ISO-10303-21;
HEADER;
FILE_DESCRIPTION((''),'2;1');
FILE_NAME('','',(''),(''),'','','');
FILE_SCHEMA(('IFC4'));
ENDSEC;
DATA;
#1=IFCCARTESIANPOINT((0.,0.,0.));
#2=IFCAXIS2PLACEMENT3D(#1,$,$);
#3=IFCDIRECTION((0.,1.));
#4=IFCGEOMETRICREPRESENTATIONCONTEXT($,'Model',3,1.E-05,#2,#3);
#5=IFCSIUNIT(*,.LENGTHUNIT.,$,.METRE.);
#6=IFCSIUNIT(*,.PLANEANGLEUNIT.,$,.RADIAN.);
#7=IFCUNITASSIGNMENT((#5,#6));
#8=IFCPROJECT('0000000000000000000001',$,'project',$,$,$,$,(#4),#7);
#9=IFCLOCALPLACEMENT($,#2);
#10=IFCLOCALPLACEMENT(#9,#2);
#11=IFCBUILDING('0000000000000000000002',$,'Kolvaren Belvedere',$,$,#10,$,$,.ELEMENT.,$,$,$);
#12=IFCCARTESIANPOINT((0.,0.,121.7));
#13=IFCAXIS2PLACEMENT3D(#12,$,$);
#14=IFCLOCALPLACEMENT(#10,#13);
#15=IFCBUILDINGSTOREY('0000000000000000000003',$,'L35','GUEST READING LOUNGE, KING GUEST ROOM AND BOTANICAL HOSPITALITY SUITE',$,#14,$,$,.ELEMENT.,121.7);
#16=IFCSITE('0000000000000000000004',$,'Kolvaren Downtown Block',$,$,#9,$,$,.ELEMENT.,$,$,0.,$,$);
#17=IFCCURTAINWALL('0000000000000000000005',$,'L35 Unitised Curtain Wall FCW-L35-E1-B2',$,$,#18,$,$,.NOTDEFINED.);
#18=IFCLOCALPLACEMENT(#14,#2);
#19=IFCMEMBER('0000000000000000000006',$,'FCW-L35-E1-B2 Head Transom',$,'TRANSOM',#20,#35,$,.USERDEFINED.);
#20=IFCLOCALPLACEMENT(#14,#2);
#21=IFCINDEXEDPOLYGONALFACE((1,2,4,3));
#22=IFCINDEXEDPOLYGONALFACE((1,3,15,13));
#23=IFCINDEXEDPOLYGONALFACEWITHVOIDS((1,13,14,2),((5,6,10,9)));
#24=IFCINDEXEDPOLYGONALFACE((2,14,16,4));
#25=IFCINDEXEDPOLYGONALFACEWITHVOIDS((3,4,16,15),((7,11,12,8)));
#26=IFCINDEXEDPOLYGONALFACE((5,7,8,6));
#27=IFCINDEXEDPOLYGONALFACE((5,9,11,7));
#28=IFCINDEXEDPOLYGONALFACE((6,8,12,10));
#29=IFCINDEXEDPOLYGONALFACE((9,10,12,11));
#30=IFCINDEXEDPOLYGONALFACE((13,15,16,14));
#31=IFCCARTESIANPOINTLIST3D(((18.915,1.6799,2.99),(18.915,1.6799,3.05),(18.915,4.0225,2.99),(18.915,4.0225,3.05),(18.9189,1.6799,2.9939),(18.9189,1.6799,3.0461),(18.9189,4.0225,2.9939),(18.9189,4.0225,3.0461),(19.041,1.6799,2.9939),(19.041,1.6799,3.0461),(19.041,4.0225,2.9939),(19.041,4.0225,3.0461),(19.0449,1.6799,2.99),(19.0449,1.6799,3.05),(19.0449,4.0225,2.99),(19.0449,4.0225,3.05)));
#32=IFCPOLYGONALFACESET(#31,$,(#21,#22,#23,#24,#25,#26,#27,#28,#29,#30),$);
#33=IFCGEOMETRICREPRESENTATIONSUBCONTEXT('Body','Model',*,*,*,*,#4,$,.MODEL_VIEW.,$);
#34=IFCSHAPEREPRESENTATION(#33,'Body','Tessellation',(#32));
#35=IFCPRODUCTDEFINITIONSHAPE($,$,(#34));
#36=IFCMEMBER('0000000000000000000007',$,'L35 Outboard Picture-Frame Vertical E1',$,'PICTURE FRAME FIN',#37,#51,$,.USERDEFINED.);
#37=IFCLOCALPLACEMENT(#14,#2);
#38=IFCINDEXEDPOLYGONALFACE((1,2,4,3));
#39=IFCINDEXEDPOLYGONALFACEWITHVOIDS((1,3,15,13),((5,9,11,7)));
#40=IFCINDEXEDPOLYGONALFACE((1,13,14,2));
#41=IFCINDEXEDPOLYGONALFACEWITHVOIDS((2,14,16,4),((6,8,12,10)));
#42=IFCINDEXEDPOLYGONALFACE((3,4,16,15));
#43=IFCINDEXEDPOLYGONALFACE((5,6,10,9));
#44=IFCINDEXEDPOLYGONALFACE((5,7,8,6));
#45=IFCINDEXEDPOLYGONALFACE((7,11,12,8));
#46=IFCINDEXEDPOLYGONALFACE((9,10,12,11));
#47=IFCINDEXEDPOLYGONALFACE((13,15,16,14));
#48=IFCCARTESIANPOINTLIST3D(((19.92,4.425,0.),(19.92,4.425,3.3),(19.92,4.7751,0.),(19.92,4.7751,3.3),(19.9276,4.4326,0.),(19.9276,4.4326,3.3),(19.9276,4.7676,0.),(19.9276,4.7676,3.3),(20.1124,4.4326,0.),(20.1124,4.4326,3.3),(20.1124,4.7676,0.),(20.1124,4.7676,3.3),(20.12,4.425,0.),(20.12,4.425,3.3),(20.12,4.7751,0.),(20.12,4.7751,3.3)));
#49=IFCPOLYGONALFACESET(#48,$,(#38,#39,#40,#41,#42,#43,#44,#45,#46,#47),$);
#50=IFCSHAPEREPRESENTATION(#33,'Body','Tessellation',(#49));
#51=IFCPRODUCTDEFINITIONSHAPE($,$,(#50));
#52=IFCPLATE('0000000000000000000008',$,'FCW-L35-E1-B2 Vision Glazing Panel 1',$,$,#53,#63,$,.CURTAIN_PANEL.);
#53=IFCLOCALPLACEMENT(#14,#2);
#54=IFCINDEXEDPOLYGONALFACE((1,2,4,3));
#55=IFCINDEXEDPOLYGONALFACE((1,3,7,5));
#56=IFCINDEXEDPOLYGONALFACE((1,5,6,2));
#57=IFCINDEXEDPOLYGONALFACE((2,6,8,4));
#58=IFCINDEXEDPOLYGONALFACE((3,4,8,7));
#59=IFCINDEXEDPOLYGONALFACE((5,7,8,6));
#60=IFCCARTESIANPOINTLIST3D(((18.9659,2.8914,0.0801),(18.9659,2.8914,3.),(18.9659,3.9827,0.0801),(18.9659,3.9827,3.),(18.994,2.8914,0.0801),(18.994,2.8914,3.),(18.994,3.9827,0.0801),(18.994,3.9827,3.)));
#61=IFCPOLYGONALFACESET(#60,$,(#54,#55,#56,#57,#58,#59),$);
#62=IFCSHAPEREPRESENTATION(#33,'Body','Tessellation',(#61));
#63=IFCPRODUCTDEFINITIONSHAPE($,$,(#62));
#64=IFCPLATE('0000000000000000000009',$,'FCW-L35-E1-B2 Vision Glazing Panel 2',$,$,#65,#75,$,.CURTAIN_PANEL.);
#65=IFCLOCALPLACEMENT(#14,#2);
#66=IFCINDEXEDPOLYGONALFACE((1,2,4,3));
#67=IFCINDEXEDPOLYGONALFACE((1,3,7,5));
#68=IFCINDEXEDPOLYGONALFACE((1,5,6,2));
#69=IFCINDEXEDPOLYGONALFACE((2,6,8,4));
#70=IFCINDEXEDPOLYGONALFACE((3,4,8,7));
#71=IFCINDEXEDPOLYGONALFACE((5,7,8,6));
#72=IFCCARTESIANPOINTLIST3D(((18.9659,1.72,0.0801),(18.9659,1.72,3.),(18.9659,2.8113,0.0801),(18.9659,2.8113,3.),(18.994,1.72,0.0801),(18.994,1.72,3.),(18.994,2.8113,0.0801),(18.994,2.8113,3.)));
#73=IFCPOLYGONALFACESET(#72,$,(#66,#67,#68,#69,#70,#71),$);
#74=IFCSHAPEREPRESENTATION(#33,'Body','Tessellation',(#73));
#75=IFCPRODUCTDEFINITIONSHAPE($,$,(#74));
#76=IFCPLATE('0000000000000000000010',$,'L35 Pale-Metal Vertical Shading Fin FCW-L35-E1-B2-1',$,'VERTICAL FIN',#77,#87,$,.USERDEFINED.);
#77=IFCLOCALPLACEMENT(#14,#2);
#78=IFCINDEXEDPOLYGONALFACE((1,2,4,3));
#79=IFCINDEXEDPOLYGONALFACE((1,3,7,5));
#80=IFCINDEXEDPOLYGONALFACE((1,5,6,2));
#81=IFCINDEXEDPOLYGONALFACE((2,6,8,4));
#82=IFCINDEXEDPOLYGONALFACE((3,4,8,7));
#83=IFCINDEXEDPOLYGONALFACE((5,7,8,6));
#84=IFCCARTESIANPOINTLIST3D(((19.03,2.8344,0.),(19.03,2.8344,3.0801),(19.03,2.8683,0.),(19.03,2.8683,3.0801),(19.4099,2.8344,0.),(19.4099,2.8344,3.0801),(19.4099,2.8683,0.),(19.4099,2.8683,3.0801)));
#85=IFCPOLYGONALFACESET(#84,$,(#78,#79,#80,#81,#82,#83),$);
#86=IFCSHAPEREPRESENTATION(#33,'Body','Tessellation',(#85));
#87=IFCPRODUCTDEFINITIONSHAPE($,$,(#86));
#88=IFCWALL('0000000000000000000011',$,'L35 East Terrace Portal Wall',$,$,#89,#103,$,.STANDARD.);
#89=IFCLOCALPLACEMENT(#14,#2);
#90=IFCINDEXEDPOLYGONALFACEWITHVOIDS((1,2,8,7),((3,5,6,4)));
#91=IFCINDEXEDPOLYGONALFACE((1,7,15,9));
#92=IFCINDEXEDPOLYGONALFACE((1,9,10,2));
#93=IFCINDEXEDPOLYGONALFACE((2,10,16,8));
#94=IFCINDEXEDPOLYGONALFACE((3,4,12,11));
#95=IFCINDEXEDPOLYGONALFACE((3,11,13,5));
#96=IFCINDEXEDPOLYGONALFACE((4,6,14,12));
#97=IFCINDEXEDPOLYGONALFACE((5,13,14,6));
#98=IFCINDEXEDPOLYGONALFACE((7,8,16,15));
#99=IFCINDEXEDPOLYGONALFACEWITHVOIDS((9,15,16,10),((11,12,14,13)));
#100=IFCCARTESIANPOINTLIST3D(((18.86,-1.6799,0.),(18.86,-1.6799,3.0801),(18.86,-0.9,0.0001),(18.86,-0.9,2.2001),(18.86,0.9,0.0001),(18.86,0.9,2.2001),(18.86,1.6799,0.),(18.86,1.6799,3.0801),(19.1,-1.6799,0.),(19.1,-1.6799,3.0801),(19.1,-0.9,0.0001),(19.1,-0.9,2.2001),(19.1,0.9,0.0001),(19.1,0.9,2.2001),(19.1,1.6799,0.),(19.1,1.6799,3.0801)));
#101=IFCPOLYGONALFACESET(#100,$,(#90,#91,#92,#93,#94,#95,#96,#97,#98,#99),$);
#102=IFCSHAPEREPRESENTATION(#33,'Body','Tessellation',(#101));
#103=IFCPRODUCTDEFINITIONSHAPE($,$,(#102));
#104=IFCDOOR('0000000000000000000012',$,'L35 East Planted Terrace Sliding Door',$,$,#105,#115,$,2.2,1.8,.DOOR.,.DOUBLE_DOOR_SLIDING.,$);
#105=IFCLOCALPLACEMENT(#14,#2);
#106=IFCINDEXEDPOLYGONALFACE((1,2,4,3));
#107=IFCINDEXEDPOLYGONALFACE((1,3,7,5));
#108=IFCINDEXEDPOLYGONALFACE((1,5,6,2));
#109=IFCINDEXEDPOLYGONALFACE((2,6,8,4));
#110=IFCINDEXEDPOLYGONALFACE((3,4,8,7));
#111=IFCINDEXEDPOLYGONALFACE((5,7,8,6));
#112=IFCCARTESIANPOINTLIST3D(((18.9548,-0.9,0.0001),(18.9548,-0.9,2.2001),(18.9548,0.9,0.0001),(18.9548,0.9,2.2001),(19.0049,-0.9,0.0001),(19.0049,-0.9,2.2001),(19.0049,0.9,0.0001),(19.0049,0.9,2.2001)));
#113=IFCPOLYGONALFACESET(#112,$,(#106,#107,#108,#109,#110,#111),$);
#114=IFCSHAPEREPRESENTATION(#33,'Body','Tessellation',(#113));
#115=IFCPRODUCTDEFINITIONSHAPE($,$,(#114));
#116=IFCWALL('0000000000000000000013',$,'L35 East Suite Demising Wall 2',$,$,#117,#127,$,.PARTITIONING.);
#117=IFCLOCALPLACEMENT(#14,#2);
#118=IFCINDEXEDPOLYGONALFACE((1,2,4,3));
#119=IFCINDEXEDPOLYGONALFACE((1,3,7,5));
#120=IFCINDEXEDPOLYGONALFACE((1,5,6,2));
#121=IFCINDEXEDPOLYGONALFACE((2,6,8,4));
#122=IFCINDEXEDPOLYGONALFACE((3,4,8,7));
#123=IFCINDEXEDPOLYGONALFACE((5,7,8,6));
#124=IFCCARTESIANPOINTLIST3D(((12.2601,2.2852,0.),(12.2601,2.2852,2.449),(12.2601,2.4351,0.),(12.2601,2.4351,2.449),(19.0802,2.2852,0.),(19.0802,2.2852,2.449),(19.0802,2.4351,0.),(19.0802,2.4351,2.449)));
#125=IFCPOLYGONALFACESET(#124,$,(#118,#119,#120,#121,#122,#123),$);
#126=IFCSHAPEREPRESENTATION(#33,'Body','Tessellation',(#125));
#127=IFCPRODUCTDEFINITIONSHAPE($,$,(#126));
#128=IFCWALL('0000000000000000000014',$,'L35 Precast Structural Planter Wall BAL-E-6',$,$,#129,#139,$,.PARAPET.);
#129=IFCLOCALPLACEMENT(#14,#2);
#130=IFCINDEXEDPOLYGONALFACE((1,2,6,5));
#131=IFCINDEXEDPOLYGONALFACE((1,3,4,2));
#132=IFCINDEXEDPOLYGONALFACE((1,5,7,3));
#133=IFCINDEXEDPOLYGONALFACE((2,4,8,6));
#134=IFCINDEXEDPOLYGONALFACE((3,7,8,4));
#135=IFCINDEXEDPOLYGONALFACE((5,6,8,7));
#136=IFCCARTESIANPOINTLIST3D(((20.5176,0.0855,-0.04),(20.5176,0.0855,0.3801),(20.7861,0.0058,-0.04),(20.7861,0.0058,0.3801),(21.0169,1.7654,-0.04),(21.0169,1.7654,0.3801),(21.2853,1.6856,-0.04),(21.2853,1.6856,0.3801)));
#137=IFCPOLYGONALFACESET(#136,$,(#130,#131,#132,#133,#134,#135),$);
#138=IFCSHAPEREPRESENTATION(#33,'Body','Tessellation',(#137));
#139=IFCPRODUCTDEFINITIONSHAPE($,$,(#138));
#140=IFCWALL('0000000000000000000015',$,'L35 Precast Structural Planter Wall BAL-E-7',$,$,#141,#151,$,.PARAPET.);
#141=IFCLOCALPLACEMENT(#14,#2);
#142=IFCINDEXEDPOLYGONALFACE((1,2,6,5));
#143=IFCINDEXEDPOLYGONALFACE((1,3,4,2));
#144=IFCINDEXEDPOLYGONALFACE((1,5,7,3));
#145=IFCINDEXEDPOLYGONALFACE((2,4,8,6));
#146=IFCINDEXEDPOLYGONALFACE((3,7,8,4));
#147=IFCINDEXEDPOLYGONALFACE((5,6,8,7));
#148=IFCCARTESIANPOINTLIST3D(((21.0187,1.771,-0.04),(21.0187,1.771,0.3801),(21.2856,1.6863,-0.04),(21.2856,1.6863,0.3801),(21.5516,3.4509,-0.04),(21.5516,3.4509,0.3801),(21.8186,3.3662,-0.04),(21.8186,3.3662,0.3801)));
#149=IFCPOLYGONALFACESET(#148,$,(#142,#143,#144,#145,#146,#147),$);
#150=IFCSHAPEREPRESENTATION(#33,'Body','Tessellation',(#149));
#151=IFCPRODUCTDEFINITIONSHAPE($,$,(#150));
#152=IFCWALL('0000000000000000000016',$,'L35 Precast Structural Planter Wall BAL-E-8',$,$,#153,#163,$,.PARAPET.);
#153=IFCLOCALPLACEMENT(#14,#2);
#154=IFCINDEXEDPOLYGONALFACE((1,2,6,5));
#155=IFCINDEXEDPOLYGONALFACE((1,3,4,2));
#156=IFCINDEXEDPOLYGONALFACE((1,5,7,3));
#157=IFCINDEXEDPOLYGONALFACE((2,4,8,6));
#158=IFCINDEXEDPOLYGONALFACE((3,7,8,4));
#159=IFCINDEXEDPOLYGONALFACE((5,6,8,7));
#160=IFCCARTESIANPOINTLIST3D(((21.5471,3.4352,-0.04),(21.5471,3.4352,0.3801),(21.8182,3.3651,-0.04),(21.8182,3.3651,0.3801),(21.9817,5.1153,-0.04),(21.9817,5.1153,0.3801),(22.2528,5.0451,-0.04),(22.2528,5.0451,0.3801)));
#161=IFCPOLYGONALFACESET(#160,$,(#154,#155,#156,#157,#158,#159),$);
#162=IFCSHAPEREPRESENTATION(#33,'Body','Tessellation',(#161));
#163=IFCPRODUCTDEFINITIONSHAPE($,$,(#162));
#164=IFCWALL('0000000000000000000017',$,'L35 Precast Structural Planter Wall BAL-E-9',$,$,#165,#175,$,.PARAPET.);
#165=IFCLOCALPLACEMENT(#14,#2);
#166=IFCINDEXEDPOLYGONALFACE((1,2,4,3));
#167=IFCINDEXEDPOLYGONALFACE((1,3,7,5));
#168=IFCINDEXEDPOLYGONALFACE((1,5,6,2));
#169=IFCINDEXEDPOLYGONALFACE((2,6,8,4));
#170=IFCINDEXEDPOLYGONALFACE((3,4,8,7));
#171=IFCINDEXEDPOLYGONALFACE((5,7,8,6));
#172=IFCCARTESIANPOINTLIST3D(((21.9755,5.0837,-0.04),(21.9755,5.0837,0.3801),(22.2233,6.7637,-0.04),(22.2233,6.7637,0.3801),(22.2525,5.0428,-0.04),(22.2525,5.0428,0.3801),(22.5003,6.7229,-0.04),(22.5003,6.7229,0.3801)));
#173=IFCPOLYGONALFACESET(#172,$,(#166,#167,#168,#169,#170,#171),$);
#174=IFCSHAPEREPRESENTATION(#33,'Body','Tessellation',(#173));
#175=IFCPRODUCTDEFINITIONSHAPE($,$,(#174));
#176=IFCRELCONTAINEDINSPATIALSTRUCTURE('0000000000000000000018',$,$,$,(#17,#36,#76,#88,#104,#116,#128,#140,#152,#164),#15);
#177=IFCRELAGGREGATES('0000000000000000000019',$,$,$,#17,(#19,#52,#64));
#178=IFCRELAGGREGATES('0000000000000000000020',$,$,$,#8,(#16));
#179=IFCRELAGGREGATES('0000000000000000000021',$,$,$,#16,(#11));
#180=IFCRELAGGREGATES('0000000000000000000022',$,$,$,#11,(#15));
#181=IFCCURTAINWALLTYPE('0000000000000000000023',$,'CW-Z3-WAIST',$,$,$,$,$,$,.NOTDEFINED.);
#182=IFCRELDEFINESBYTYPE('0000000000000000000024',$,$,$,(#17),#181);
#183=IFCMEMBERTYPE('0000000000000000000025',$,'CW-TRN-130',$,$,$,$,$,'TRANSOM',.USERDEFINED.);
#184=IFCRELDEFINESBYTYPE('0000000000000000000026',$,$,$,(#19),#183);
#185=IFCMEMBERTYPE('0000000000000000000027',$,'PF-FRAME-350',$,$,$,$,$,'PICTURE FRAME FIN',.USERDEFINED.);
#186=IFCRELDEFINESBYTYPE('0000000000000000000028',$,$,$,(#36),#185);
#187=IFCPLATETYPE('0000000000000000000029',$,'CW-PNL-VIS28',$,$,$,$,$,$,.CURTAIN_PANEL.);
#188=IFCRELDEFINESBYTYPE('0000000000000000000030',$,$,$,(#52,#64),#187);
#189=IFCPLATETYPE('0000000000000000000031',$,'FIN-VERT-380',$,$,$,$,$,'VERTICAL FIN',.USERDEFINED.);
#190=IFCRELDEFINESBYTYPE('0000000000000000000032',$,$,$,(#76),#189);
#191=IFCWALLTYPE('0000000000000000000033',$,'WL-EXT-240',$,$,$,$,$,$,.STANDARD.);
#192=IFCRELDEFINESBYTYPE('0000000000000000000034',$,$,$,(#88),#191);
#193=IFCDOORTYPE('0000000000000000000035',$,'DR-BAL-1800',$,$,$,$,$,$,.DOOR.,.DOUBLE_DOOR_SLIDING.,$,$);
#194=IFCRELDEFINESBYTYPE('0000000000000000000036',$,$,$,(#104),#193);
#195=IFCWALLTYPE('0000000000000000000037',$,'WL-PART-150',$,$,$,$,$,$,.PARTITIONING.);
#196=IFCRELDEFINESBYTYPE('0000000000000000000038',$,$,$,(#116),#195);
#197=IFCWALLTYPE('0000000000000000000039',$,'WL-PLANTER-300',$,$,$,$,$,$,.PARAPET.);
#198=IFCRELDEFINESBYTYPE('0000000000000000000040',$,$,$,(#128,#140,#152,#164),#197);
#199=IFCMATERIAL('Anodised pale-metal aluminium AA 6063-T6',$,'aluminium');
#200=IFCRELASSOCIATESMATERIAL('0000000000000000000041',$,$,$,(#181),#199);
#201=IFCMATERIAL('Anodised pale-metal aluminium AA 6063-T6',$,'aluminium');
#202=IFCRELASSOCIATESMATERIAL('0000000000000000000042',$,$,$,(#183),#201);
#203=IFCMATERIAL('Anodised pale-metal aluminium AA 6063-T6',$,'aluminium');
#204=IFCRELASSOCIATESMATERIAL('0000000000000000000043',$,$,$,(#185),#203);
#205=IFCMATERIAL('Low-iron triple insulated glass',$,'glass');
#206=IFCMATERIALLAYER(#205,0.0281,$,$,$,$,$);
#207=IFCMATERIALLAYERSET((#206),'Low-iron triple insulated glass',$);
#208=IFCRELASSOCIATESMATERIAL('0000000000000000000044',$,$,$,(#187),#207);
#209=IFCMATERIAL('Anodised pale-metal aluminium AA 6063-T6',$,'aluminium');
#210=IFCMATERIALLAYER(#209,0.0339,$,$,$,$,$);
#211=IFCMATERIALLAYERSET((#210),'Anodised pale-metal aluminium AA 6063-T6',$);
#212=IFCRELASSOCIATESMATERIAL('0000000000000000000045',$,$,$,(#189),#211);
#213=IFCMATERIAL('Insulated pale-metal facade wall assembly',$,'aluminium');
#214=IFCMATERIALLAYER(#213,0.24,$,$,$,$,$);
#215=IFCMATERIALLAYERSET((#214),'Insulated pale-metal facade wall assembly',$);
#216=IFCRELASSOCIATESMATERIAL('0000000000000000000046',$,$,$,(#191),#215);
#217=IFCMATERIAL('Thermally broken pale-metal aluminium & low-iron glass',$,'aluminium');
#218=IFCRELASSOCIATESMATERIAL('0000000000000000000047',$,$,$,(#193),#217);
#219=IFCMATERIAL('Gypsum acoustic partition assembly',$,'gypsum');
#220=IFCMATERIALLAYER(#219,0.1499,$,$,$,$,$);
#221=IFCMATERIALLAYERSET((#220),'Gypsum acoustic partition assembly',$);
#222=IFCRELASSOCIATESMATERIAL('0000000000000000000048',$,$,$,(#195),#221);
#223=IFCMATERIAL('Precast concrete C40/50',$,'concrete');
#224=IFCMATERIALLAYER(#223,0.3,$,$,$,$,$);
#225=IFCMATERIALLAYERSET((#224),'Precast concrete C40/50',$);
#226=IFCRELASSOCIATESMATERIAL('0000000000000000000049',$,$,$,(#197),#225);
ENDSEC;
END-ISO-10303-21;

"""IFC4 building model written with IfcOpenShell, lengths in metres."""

from ifc_helpers import new_model, si_unit, direction, frame, frame_2d, origin, origin_2d, place, context, subcontext, project, spatial, rectangle, hollow_rectangle, extrude, material, layer, layer_set, material_profile, profile_set, type_object, element, fill, aggregate, save


model = new_model("IFC4")

# Units and contexts
model_context = context("Model", 3, precision=1e-05, world=origin(), true_north=direction((0.0, 1.0)))
body_context = subcontext(model_context, "Body", "Model", "MODEL_VIEW")
ifc_project = project(units=[si_unit("LENGTHUNIT", "METRE"), si_unit("PLANEANGLEUNIT", "RADIAN")], contexts=[model_context])

# Site, building, storey
site_placement = place(None, origin())
site = spatial("IfcSite", under=ifc_project, at=site_placement, Name="Kolvaren Downtown Block", CompositionType="ELEMENT", RefElevation=0.0)
building_placement = place(site_placement, origin())
building = spatial("IfcBuilding", under=site, at=building_placement, Name="Kolvaren Belvedere", CompositionType="ELEMENT")
storey_placement = place(building_placement, frame((0.0, 0.0, 121.7)))
storey = spatial("IfcBuildingStorey", under=building, at=storey_placement, Name="L35", Description="GUEST READING LOUNGE, KING GUEST ROOM AND BOTANICAL HOSPITALITY SUITE", CompositionType="ELEMENT", Elevation=121.7)

# Curtain wall, member
ifc_material_1 = material(Name="Anodised pale-metal aluminium AA 6063-T6", Category="aluminium")
curtain_wall_type = type_object("IfcCurtainWallType", Name="CW-Z3-WAIST", PredefinedType="NOTDEFINED", material=ifc_material_1)
curtain_wall_placement = place(storey_placement, origin())
curtain_wall = element("IfcCurtainWall", 1, at=curtain_wall_placement, inside=storey, type_object=curtain_wall_type, Name="L35 Unitised Curtain Wall FCW-L35-E1-B2", PredefinedType="NOTDEFINED")
ifc_material_2 = material(Name="Anodised pale-metal aluminium AA 6063-T6", Category="aluminium")
ifc_material_profile_1 = material_profile(ifc_material_2, hollow_rectangle(XDim=0.0601, YDim=0.1299, WallThickness=0.0039, at=origin_2d()), Name="ALU-TRN-130X60")
ifc_profile_set_1 = profile_set([ifc_material_profile_1], Name="Anodised pale-metal aluminium AA 6063-T6")
member_type_1 = type_object("IfcMemberType", Name="CW-TRN-130", ElementType="TRANSOM", PredefinedType="USERDEFINED", material=ifc_profile_set_1)
member_1_placement = place(storey_placement, frame((18.98, 4.0225, 3.02), z_axis=(0.0, -1.0, 0.0), x_axis=(0.0, 0.0, 1.0)))
member_1 = element("IfcMember", 2, at=member_1_placement, type_object=member_type_1, Name="FCW-L35-E1-B2 Head Transom", ObjectType="TRANSOM", PredefinedType="USERDEFINED", context=body_context, shape_type="SweptSolid", body=[
    extrude(hollow_rectangle(XDim=0.0601, YDim=0.1299, WallThickness=0.0039, at=origin_2d()), origin(), (0.0, 0.0, 1.0), 2.3425),
])

# Member
ifc_material_3 = material(Name="Anodised pale-metal aluminium AA 6063-T6", Category="aluminium")
ifc_material_profile_2 = material_profile(ifc_material_3, hollow_rectangle(XDim=0.2, YDim=0.3501, WallThickness=0.0076, at=origin_2d()), Name="ALU-PF-350X200")
ifc_profile_set_2 = profile_set([ifc_material_profile_2], Name="Anodised pale-metal aluminium AA 6063-T6")
member_type_2 = type_object("IfcMemberType", Name="PF-FRAME-350", ElementType="PICTURE FRAME FIN", PredefinedType="USERDEFINED", material=ifc_profile_set_2)
member_2_placement = place(storey_placement, frame((20.02, 4.6001, 0.0), z_axis=(0.0, 0.0, 1.0), x_axis=(1.0, 0.0, 0.0)))
element("IfcMember", 3, at=member_2_placement, inside=storey, type_object=member_type_2, Name="L35 Outboard Picture-Frame Vertical E1", ObjectType="PICTURE FRAME FIN", PredefinedType="USERDEFINED", context=body_context, shape_type="SweptSolid", body=[
    extrude(hollow_rectangle(XDim=0.2, YDim=0.3501, WallThickness=0.0076, at=origin_2d()), origin(), (0.0, 0.0, 1.0), 3.3),
])

# Plates
ifc_material_4 = material(Name="Low-iron triple insulated glass", Category="glass")
ifc_layer_1 = layer(ifc_material_4, 0.0281)
ifc_layer_set_1 = layer_set([ifc_layer_1], Name="Low-iron triple insulated glass")
plate_type_1 = type_object("IfcPlateType", Name="CW-PNL-VIS28", PredefinedType="CURTAIN_PANEL", material=ifc_layer_set_1)
plate_1_placement = place(storey_placement, frame((18.98, 3.437, 0.0801), z_axis=(0.0, 0.0, 1.0), x_axis=(0.0, -1.0, 0.0)))
plate_1 = element("IfcPlate", 4, at=plate_1_placement, type_object=plate_type_1, Name="FCW-L35-E1-B2 Vision Glazing Panel 1", PredefinedType="CURTAIN_PANEL", context=body_context, shape_type="SweptSolid", body=[
    extrude(rectangle(XDim=1.0913, YDim=0.0281, at=origin_2d()), origin(), (0.0, 0.0, 1.0), 2.9199),
])
plate_2_placement = place(storey_placement, frame((18.98, 2.2656, 0.0801), z_axis=(0.0, 0.0, 1.0), x_axis=(0.0, -1.0, 0.0)))
plate_2 = element("IfcPlate", 5, at=plate_2_placement, type_object=plate_type_1, Name="FCW-L35-E1-B2 Vision Glazing Panel 2", PredefinedType="CURTAIN_PANEL", context=body_context, shape_type="SweptSolid", body=[
    extrude(rectangle(XDim=1.0913, YDim=0.0281, at=origin_2d()), origin(), (0.0, 0.0, 1.0), 2.9199),
])
aggregate(curtain_wall, [member_1, plate_1, plate_2])
ifc_material_5 = material(Name="Anodised pale-metal aluminium AA 6063-T6", Category="aluminium")
ifc_layer_2 = layer(ifc_material_5, 0.0339)
ifc_layer_set_2 = layer_set([ifc_layer_2], Name="Anodised pale-metal aluminium AA 6063-T6")
plate_type_2 = type_object("IfcPlateType", Name="FIN-VERT-380", ElementType="VERTICAL FIN", PredefinedType="USERDEFINED", material=ifc_layer_set_2)
plate_3_placement = place(storey_placement, frame((19.22, 2.8513, 0.0), z_axis=(0.0, 0.0, 1.0), x_axis=(1.0, 0.0, 0.0)))
element("IfcPlate", 6, at=plate_3_placement, inside=storey, type_object=plate_type_2, Name="L35 Pale-Metal Vertical Shading Fin FCW-L35-E1-B2-1", ObjectType="VERTICAL FIN", PredefinedType="USERDEFINED", context=body_context, shape_type="SweptSolid", body=[
    extrude(rectangle(XDim=0.3799, YDim=0.0339, at=origin_2d()), origin(), (0.0, 0.0, 1.0), 3.0801),
])

# Wall, opening, door
ifc_material_6 = material(Name="Insulated pale-metal facade wall assembly", Category="aluminium")
ifc_layer_3 = layer(ifc_material_6, 0.24)
ifc_layer_set_3 = layer_set([ifc_layer_3], Name="Insulated pale-metal facade wall assembly")
wall_type_1 = type_object("IfcWallType", Name="WL-EXT-240", PredefinedType="STANDARD", material=ifc_layer_set_3)
wall_1_placement = place(storey_placement, frame((18.98, 1.6799, 0.0), z_axis=(0.0, 0.0, 1.0), x_axis=(0.0, -1.0, 0.0)))
wall_1 = element("IfcWall", 7, at=wall_1_placement, inside=storey, type_object=wall_type_1, Name="L35 East Terrace Portal Wall", PredefinedType="STANDARD", context=body_context, shape_type="SweptSolid", body=[
    extrude(rectangle(XDim=3.3599, YDim=0.24, at=frame_2d((1.6799, 0.0))), origin(), (0.0, 0.0, 1.0), 3.0801),
])
opening_1_placement = place(wall_1_placement, frame((0.78, 0.0, 0.0)))
opening_1 = element("IfcOpeningElement", 8, at=opening_1_placement, cuts=wall_1, PredefinedType="OPENING", context=body_context, shape_type="SweptSolid", body=[
    extrude(rectangle(XDim=1.8, YDim=2.2, at=frame_2d((0.8999, 1.1001))), frame((0.0, 0.1299, 0.0), z_axis=(0.0, -1.0, 0.0), x_axis=(1.0, 0.0, 0.0)), (0.0, 0.0, 1.0), 0.26),
])
ifc_material_7 = material(Name="Thermally broken pale-metal aluminium & low-iron glass", Category="aluminium")
door_type_1 = type_object("IfcDoorType", Name="DR-BAL-1800", OperationType="DOUBLE_DOOR_SLIDING", PredefinedType="DOOR", material=ifc_material_7)
door_1_placement = place(opening_1_placement, origin())
door_1 = element("IfcDoor", 9, at=door_1_placement, inside=storey, type_object=door_type_1, Name="L35 East Planted Terrace Sliding Door", OperationType="DOUBLE_DOOR_SLIDING", OverallHeight=2.2, OverallWidth=1.8, PredefinedType="DOOR", context=body_context, shape_type="SweptSolid", body=[
    extrude(rectangle(XDim=1.8, YDim=2.2, at=frame_2d((0.8999, 1.1001))), frame((0.0, 0.0249, 0.0), z_axis=(0.0, -1.0, 0.0), x_axis=(1.0, 0.0, 0.0)), (0.0, 0.0, 1.0), 0.05),
])
fill(opening_1, door_1)

# Walls
ifc_material_8 = material(Name="Gypsum acoustic partition assembly", Category="gypsum")
ifc_layer_4 = layer(ifc_material_8, 0.1499)
ifc_layer_set_4 = layer_set([ifc_layer_4], Name="Gypsum acoustic partition assembly")
wall_type_2 = type_object("IfcWallType", Name="WL-PART-150", PredefinedType="PARTITIONING", material=ifc_layer_set_4)
wall_2_placement = place(storey_placement, frame((12.26, 2.3601, 0.0), z_axis=(0.0, 0.0, 1.0), x_axis=(1.0, 0.0, 0.0)))
element("IfcWall", 10, at=wall_2_placement, inside=storey, type_object=wall_type_2, Name="L35 East Suite Demising Wall 2", PredefinedType="PARTITIONING", context=body_context, shape_type="SweptSolid", body=[
    extrude(rectangle(XDim=6.8201, YDim=0.1499, at=frame_2d((3.4102, 0.0))), origin(), (0.0, 0.0, 1.0), 2.449),
])
ifc_material_9 = material(Name="Precast concrete C40/50", Category="concrete")
ifc_layer_5 = layer(ifc_material_9, 0.3)
ifc_layer_set_5 = layer_set([ifc_layer_5], Name="Precast concrete C40/50")
wall_type_3 = type_object("IfcWallType", Name="WL-PLANTER-300", PredefinedType="PARAPET", material=ifc_layer_set_5)
wall_3_placement = place(storey_placement, frame((20.6519, 0.0457, -0.04), z_axis=(0.0, 0.0, 1.0), x_axis=(0.28488, 0.958563, 0.0)))
element("IfcWall", 11, at=wall_3_placement, inside=storey, type_object=wall_type_3, Name="L35 Precast Structural Planter Wall BAL-E-6", PredefinedType="PARAPET", context=body_context, shape_type="SweptSolid", body=[
    extrude(rectangle(XDim=1.7524, YDim=0.28, at=frame_2d((0.8762, 0.0))), origin(), (0.0, 0.0, 1.0), 0.4202),
])
wall_4_placement = place(storey_placement, frame((21.1521, 1.7285, -0.04), z_axis=(0.0, 0.0, 1.0), x_axis=(0.302397, 0.953182, 0.0)))
element("IfcWall", 12, at=wall_4_placement, inside=storey, type_object=wall_type_3, Name="L35 Precast Structural Planter Wall BAL-E-7", PredefinedType="PARAPET", context=body_context, shape_type="SweptSolid", body=[
    extrude(rectangle(XDim=1.7625, YDim=0.28, at=frame_2d((0.8813, 0.0))), origin(), (0.0, 0.0, 1.0), 0.4202),
])
wall_5_placement = place(storey_placement, frame((21.6826, 3.4001, -0.04), z_axis=(0.0, 0.0, 1.0), x_axis=(0.25044, 0.968132, 0.0)))
element("IfcWall", 13, at=wall_5_placement, inside=storey, type_object=wall_type_3, Name="L35 Precast Structural Planter Wall BAL-E-8", PredefinedType="PARAPET", context=body_context, shape_type="SweptSolid", body=[
    extrude(rectangle(XDim=1.7354, YDim=0.28, at=frame_2d((0.8677, 0.0))), origin(), (0.0, 0.0, 1.0), 0.4202),
])
wall_6_placement = place(storey_placement, frame((22.114, 5.0632, -0.04), z_axis=(0.0, 0.0, 1.0), x_axis=(0.145908, 0.989298, 0.0)))
element("IfcWall", 14, at=wall_6_placement, inside=storey, type_object=wall_type_3, Name="L35 Precast Structural Planter Wall BAL-E-9", PredefinedType="PARAPET", context=body_context, shape_type="SweptSolid", body=[
    extrude(rectangle(XDim=1.6982, YDim=0.28, at=frame_2d((0.8491, 0.0))), origin(), (0.0, 0.0, 1.0), 0.4202),
])

save(model, "model.ifc")
